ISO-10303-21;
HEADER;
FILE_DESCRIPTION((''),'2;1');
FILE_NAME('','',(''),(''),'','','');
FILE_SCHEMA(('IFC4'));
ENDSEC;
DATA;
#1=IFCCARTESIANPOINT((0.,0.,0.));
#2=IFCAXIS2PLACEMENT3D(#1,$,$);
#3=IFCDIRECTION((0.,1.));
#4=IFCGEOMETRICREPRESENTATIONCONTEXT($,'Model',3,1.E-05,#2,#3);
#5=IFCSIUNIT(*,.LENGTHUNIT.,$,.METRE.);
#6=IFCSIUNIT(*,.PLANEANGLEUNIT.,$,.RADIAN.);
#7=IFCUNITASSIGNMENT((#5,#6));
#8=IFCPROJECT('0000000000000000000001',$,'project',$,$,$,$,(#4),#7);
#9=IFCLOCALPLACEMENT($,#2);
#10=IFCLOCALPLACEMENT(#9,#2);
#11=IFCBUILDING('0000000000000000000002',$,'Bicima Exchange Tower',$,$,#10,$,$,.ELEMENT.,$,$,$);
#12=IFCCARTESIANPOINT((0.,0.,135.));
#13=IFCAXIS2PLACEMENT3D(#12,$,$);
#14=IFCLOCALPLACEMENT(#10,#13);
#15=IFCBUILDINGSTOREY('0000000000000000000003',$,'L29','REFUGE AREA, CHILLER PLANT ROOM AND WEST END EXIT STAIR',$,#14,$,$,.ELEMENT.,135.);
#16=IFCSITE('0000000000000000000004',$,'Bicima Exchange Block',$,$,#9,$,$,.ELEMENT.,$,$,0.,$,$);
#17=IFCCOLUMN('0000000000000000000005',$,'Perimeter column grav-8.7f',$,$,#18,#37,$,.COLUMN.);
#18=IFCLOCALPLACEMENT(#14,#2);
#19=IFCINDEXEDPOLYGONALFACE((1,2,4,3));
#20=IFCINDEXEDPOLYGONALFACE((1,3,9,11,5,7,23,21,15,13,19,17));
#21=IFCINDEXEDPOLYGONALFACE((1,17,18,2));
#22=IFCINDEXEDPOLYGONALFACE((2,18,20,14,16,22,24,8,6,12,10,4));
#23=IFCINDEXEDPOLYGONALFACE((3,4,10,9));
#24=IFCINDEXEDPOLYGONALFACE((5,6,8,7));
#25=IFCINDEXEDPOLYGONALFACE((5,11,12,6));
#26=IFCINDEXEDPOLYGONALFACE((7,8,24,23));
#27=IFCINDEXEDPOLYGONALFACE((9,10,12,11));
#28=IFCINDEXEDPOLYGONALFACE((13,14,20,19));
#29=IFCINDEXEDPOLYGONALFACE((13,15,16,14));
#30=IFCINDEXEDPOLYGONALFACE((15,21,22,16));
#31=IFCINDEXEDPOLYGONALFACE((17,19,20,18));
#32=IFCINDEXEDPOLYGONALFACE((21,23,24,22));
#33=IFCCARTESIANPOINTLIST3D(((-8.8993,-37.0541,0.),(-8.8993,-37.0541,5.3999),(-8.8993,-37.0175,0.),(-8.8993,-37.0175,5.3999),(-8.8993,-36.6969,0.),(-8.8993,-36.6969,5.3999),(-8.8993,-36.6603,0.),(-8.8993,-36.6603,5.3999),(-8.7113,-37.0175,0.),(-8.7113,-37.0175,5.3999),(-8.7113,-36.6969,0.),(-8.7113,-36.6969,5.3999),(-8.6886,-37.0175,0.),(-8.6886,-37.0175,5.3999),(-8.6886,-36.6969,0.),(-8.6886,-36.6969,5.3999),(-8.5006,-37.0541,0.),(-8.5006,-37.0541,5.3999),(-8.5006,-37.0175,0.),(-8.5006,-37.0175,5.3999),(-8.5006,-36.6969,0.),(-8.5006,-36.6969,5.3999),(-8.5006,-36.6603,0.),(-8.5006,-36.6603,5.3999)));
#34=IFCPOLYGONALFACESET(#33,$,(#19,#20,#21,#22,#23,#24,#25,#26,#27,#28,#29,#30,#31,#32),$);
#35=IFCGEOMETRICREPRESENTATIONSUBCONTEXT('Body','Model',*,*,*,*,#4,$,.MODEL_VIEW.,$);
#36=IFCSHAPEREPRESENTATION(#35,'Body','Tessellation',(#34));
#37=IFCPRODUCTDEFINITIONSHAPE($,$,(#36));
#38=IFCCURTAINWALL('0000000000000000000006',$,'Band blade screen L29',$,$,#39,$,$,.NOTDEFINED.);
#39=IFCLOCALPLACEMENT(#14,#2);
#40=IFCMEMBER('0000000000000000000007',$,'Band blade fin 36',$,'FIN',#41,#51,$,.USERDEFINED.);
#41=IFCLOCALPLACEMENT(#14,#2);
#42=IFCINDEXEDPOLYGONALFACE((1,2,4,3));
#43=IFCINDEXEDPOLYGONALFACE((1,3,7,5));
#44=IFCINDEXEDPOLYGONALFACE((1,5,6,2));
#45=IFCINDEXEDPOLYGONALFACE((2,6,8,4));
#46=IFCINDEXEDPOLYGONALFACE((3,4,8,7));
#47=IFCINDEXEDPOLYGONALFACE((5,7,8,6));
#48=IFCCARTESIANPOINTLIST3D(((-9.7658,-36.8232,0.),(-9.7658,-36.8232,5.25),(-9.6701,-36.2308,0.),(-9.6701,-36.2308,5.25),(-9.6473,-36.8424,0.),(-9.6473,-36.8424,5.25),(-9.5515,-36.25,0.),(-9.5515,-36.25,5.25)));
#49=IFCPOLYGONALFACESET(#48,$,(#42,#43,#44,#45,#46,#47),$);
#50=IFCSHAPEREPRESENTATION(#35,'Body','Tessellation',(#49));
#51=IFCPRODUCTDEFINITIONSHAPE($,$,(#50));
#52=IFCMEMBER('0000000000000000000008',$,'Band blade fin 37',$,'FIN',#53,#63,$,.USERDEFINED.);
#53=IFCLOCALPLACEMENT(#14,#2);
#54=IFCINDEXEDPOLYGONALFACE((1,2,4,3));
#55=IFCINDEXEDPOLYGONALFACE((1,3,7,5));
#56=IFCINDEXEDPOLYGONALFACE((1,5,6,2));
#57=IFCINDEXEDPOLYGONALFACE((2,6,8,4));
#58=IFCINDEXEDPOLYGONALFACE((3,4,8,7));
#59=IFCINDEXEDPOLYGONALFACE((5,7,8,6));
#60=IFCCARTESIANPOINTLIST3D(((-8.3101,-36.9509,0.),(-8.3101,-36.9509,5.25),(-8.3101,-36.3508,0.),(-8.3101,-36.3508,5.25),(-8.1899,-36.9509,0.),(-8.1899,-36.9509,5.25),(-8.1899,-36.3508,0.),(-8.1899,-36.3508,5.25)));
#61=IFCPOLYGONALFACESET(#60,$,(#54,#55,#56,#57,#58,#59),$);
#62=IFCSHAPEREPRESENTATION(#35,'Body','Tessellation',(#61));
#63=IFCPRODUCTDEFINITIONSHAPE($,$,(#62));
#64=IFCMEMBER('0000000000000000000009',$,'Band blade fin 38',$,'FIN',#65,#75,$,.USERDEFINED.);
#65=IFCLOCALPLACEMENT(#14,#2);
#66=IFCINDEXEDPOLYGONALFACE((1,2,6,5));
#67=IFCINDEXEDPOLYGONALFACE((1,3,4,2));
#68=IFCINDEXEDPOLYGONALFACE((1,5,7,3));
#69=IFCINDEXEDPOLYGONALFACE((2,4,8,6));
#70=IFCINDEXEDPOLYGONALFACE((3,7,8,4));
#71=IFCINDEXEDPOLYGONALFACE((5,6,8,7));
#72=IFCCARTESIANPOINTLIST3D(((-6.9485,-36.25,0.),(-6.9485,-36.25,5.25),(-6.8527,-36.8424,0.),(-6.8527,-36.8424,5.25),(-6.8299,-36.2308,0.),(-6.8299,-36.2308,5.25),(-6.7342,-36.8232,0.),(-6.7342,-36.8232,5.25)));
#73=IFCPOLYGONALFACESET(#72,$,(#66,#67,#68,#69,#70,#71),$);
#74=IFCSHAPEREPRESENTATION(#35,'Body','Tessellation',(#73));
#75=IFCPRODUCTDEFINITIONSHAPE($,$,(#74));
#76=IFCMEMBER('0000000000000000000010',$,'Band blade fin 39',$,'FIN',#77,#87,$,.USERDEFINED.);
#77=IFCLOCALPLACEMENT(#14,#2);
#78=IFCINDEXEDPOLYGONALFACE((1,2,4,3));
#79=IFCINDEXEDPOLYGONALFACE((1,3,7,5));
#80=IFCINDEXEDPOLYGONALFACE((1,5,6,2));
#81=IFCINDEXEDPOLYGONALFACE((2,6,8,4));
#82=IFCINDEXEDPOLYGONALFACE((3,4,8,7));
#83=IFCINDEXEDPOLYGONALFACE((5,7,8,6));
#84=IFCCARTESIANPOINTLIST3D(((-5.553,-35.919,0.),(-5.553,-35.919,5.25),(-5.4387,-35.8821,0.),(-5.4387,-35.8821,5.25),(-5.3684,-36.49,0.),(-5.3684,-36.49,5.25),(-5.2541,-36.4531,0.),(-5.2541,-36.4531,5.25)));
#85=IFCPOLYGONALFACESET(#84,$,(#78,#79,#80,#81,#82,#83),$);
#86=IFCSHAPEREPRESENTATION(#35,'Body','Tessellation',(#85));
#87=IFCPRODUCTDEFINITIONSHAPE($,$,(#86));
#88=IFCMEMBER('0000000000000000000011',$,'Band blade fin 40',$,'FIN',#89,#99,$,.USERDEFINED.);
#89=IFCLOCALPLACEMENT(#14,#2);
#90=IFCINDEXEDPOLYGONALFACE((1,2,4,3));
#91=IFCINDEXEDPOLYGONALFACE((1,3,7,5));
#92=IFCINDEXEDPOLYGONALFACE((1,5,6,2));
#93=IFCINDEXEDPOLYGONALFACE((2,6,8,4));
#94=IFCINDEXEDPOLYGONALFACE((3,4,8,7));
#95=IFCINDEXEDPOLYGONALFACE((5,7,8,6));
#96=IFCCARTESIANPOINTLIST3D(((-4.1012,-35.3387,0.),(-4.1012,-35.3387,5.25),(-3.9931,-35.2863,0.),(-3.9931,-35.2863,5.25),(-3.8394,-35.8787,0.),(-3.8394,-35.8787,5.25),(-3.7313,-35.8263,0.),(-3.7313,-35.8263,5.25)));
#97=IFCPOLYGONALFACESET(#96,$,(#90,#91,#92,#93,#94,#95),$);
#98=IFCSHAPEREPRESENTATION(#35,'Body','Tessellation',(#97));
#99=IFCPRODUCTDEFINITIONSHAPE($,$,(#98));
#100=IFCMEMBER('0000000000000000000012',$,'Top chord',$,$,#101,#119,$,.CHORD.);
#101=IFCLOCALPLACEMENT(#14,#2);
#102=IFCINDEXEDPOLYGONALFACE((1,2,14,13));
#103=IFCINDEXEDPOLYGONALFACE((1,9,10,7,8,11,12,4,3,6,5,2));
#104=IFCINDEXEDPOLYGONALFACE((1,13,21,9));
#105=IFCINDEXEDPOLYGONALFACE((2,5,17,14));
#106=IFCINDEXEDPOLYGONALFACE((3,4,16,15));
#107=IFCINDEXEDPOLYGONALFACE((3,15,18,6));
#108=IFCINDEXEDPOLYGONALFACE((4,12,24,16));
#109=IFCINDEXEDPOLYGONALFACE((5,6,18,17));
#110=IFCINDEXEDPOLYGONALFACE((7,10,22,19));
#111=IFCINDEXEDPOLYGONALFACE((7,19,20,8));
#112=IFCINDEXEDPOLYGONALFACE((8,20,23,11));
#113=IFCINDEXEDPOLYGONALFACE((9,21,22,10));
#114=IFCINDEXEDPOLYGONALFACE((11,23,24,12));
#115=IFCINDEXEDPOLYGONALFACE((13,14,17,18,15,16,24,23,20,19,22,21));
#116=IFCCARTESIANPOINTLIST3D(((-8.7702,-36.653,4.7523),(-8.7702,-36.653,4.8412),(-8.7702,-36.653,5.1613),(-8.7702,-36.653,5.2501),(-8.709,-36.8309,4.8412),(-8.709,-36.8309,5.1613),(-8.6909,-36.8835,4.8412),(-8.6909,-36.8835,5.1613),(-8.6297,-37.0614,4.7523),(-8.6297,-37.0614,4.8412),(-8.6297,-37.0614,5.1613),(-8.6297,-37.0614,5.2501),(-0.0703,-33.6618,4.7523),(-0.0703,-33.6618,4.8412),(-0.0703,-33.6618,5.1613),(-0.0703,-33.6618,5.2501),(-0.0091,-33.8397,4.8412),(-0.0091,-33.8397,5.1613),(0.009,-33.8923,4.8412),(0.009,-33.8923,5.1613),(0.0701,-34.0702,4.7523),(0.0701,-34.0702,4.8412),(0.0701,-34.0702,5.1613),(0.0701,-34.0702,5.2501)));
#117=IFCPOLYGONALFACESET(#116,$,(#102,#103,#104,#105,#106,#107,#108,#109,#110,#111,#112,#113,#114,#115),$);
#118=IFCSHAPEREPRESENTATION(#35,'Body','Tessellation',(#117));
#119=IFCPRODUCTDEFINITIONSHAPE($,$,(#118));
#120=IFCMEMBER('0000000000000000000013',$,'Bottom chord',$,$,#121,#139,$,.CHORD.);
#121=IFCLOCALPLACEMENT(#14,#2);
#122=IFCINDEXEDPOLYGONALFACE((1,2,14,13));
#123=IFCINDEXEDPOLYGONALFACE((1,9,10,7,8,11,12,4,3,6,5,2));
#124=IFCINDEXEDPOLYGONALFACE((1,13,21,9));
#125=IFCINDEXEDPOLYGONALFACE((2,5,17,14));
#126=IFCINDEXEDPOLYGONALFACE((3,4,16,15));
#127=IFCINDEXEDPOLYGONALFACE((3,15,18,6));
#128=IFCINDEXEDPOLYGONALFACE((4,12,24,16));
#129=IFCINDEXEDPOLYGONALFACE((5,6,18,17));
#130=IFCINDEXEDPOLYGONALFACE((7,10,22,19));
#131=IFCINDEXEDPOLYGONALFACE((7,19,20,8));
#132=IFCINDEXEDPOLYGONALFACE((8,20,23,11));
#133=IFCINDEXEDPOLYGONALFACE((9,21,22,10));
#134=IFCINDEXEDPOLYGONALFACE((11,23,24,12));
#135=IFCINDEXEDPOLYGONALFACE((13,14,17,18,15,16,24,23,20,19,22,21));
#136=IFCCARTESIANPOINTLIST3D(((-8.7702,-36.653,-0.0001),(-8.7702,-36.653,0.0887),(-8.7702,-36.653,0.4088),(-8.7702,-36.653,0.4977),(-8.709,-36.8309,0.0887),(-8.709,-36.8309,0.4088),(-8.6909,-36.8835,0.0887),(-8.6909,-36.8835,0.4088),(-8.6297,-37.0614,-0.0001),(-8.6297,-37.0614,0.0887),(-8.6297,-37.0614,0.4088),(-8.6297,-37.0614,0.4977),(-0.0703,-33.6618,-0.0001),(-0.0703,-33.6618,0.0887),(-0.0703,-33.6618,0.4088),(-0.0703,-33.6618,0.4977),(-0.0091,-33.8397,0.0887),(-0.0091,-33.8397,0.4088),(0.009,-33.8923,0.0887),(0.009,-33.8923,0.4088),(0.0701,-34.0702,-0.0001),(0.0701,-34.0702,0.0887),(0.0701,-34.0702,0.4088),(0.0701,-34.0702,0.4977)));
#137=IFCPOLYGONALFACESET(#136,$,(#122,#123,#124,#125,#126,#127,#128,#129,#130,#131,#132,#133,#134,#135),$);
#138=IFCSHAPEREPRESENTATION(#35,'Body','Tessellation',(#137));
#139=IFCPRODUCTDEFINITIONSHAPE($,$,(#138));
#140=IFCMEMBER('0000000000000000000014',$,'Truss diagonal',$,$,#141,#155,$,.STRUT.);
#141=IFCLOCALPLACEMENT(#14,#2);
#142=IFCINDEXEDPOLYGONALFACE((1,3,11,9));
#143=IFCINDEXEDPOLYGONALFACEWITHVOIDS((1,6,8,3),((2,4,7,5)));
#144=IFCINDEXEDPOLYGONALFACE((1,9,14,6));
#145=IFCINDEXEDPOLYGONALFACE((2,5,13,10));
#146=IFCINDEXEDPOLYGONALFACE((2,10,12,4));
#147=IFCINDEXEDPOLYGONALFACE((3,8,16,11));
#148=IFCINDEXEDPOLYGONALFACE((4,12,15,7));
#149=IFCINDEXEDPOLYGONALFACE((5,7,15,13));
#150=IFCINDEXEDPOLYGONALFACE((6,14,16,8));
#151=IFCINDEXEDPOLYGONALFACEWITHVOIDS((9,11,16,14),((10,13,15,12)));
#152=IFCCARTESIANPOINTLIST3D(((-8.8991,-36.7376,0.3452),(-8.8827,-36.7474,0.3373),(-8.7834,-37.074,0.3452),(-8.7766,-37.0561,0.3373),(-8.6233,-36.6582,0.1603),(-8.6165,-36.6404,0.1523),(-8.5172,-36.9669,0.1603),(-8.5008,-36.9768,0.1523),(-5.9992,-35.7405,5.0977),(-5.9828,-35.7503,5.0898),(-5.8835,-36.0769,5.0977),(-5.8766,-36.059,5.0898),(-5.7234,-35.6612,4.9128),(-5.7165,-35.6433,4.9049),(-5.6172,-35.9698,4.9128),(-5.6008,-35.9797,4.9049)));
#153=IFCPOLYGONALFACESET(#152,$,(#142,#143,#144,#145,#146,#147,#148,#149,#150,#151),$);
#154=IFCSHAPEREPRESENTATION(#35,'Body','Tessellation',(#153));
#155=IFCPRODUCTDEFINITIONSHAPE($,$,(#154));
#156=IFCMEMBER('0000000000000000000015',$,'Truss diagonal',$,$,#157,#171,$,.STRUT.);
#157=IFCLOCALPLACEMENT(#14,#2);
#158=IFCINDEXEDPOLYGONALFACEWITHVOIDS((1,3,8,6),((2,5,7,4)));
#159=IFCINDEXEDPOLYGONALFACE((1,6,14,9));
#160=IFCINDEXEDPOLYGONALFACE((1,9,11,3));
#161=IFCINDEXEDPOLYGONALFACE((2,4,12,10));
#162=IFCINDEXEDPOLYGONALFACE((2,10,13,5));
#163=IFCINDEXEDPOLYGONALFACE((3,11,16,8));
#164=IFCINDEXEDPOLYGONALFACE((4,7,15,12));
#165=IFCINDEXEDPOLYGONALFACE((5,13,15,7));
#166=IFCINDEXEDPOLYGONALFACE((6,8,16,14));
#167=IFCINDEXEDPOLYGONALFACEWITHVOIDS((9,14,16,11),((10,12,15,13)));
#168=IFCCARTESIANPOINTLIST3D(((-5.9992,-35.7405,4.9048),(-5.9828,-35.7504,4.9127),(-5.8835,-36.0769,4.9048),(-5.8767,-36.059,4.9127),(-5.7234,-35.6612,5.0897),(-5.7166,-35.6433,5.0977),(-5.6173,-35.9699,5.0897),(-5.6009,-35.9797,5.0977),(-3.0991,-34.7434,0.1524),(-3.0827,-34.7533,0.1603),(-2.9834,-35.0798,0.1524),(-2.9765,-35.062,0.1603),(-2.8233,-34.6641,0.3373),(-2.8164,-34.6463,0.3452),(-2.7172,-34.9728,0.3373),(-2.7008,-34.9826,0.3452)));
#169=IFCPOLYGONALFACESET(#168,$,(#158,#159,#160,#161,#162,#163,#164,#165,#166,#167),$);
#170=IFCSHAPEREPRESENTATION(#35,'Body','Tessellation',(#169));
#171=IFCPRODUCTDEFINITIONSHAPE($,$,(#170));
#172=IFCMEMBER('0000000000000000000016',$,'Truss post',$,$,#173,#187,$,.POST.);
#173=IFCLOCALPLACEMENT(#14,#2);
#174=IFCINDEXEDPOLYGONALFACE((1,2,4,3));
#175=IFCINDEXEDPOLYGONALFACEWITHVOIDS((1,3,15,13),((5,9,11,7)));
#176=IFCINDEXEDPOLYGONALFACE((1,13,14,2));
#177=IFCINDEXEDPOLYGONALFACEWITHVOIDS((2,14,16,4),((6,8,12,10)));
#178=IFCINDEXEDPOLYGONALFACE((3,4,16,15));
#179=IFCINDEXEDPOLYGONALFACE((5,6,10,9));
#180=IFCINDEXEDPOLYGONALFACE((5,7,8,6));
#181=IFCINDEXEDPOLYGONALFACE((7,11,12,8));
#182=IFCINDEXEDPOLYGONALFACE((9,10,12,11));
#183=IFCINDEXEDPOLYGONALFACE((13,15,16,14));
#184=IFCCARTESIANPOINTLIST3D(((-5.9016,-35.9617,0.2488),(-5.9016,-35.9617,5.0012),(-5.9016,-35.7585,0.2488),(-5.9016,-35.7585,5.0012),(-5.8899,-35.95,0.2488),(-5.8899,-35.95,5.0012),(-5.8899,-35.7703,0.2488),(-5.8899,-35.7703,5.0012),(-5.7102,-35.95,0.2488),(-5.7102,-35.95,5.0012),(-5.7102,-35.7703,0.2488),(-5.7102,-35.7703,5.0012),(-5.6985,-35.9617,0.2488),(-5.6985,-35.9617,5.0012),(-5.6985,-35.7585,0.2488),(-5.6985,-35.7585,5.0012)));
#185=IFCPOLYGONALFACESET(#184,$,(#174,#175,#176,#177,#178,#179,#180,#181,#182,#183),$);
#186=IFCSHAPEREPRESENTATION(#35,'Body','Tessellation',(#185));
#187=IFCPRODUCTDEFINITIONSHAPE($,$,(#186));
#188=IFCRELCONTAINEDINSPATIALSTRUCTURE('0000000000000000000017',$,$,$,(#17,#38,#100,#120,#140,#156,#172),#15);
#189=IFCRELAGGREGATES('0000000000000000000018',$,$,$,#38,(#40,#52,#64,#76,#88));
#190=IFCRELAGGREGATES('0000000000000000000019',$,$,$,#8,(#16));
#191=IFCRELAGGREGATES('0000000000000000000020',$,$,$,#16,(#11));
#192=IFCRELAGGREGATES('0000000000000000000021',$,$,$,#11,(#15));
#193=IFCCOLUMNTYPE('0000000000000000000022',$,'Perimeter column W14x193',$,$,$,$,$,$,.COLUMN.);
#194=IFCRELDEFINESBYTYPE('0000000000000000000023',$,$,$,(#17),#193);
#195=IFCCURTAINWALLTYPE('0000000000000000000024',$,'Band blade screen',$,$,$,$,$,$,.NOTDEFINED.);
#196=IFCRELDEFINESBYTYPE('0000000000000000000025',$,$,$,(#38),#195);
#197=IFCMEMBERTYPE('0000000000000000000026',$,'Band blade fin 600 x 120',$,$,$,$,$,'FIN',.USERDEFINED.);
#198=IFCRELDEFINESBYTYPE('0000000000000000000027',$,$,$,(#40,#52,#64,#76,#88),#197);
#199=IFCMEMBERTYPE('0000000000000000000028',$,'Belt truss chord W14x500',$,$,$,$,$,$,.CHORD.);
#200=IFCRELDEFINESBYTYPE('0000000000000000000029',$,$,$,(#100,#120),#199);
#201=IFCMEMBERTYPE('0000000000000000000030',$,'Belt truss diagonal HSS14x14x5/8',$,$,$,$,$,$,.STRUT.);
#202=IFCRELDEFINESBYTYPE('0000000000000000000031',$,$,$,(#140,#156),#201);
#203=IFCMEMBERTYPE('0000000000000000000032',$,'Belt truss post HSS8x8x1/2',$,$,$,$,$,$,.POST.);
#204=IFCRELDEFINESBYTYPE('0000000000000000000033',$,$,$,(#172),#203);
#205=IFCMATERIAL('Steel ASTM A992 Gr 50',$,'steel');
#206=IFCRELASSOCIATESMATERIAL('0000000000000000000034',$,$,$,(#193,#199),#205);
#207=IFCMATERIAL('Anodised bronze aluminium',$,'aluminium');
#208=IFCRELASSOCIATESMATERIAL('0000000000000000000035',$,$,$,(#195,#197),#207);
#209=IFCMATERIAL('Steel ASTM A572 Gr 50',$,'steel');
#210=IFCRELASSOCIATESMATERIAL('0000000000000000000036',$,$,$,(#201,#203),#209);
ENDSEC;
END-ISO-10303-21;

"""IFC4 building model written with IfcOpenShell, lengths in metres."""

from ifc_helpers import new_model, si_unit, direction, frame, origin, origin_2d, place, context, subcontext, project, spatial, rectangle, hollow_rectangle, i_section, extrude, material, material_profile, profile_set, type_object, element, aggregate, save


model = new_model("IFC4")

# Units and contexts
model_context = context("Model", 3, precision=1e-05, world=origin(), true_north=direction((0.0, 1.0)))
body_context = subcontext(model_context, "Body", "Model", "MODEL_VIEW")
ifc_project = project(units=[si_unit("LENGTHUNIT", "METRE"), si_unit("PLANEANGLEUNIT", "RADIAN")], contexts=[model_context])

# Site, building, storey
site_placement = place(None, origin())
site = spatial("IfcSite", under=ifc_project, at=site_placement, Name="Bicima Exchange Block", CompositionType="ELEMENT", RefElevation=0.0)
building_placement = place(site_placement, origin())
building = spatial("IfcBuilding", under=site, at=building_placement, Name="Bicima Exchange Tower", CompositionType="ELEMENT")
storey_placement = place(building_placement, frame((0.0, 0.0, 135.0)))
storey = spatial("IfcBuildingStorey", under=building, at=storey_placement, Name="L29", Description="REFUGE AREA, CHILLER PLANT ROOM AND WEST END EXIT STAIR", CompositionType="ELEMENT", Elevation=135.0)

# Column
ifc_material_1 = material(Name="Steel ASTM A992 Gr 50", Category="steel")
ifc_material_profile_1 = material_profile(ifc_material_1, i_section(OverallWidth=0.3987, OverallDepth=0.3938, WebThickness=0.0227, FlangeThickness=0.0366, at=origin_2d()))
ifc_profile_set_1 = profile_set([ifc_material_profile_1], Name="Steel ASTM A992 Gr 50")
column_type = type_object("IfcColumnType", Name="Perimeter column W14x193", PredefinedType="COLUMN", material=ifc_profile_set_1)
column_placement = place(storey_placement, frame((-8.7, -36.8572, 0.0), z_axis=(0.0, 0.0, 1.0), x_axis=(1.0, 0.0, 0.0)))
element("IfcColumn", 1, at=column_placement, inside=storey, type_object=column_type, Name="Perimeter column grav-8.7f", PredefinedType="COLUMN", context=body_context, shape_type="SweptSolid", body=[
    extrude(i_section(OverallWidth=0.3987, OverallDepth=0.3938, WebThickness=0.0227, FlangeThickness=0.0366, at=origin_2d()), origin(), (0.0, 0.0, 1.0), 5.3999),
])

# Curtain wall, members
ifc_material_2 = material(Name="Anodised bronze aluminium", Category="aluminium")
curtain_wall_type = type_object("IfcCurtainWallType", Name="Band blade screen", PredefinedType="NOTDEFINED", material=ifc_material_2)
curtain_wall_placement = place(storey_placement, origin())
curtain_wall = element("IfcCurtainWall", 2, at=curtain_wall_placement, inside=storey, type_object=curtain_wall_type, Name="Band blade screen L29", PredefinedType="NOTDEFINED")
ifc_material_profile_2 = material_profile(ifc_material_2, rectangle(XDim=0.6001, YDim=0.1201, at=origin_2d()))
ifc_profile_set_2 = profile_set([ifc_material_profile_2], Name="Anodised bronze aluminium")
member_type_1 = type_object("IfcMemberType", Name="Band blade fin 600 x 120", ElementType="FIN", PredefinedType="USERDEFINED", material=ifc_profile_set_2)
member_1_placement = place(storey_placement, frame((-9.6587, -36.5366, 0.0), z_axis=(0.0, 0.0, 1.0), x_axis=(0.159533, 0.987193, 0.0)))
member_1 = element("IfcMember", 3, at=member_1_placement, type_object=member_type_1, Name="Band blade fin 36", ObjectType="FIN", PredefinedType="USERDEFINED", context=body_context, shape_type="SweptSolid", body=[
    extrude(rectangle(XDim=0.6001, YDim=0.1201, at=origin_2d()), origin(), (0.0, 0.0, 1.0), 5.25),
])
member_2_placement = place(storey_placement, frame((-8.25, -36.6509, 0.0), z_axis=(0.0, 0.0, 1.0), x_axis=(0.0, 1.0, 0.0)))
member_2 = element("IfcMember", 4, at=member_2_placement, type_object=member_type_1, Name="Band blade fin 37", ObjectType="FIN", PredefinedType="USERDEFINED", context=body_context, shape_type="SweptSolid", body=[
    extrude(rectangle(XDim=0.6001, YDim=0.1201, at=origin_2d()), origin(), (0.0, 0.0, 1.0), 5.25),
])
member_3_placement = place(storey_placement, frame((-6.8413, -36.5366, 0.0), z_axis=(0.0, 0.0, 1.0), x_axis=(-0.159533, 0.987193, 0.0)))
member_3 = element("IfcMember", 5, at=member_3_placement, type_object=member_type_1, Name="Band blade fin 38", ObjectType="FIN", PredefinedType="USERDEFINED", context=body_context, shape_type="SweptSolid", body=[
    extrude(rectangle(XDim=0.6001, YDim=0.1201, at=origin_2d()), origin(), (0.0, 0.0, 1.0), 5.25),
])
member_4_placement = place(storey_placement, frame((-5.4036, -36.186, 0.0), z_axis=(0.0, 0.0, 1.0), x_axis=(-0.307553, 0.951531, 0.0)))
member_4 = element("IfcMember", 6, at=member_4_placement, type_object=member_type_1, Name="Band blade fin 39", ObjectType="FIN", PredefinedType="USERDEFINED", context=body_context, shape_type="SweptSolid", body=[
    extrude(rectangle(XDim=0.6001, YDim=0.1201, at=origin_2d()), origin(), (0.0, 0.0, 1.0), 5.25),
])
member_5_placement = place(storey_placement, frame((-3.9163, -35.5825, 0.0), z_axis=(0.0, 0.0, 1.0), x_axis=(-0.436287, 0.899808, 0.0)))
member_5 = element("IfcMember", 7, at=member_5_placement, type_object=member_type_1, Name="Band blade fin 40", ObjectType="FIN", PredefinedType="USERDEFINED", context=body_context, shape_type="SweptSolid", body=[
    extrude(rectangle(XDim=0.6001, YDim=0.1201, at=origin_2d()), origin(), (0.0, 0.0, 1.0), 5.25),
])
aggregate(curtain_wall, [member_1, member_2, member_3, member_4, member_5])

# Members
ifc_material_profile_3 = material_profile(ifc_material_1, i_section(OverallWidth=0.4319, OverallDepth=0.4978, WebThickness=0.0557, FlangeThickness=0.0889, at=origin_2d()))
ifc_profile_set_3 = profile_set([ifc_material_profile_3], Name="Steel ASTM A992 Gr 50")
member_type_2 = type_object("IfcMemberType", Name="Belt truss chord W14x500", PredefinedType="CHORD", material=ifc_profile_set_3)
for number, where, z_axis, x_axis, name in (
    (8, (-8.7, -36.8572, 5.0012), (0.945666, 0.325138, 0.0), (-0.325138, 0.945666, 0.0), "Top chord"),
    (9, (-8.7, -36.8572, 0.2488), (0.945666, 0.325138, 0.0), (-0.325138, 0.945666, 0.0), "Bottom chord"),
):
    element("IfcMember", number, at=place(storey_placement, frame(where, z_axis=z_axis, x_axis=x_axis)), inside=storey, type_object=member_type_2, Name=name, PredefinedType="CHORD", context=body_context, shape_type="SweptSolid", body=[
        extrude(i_section(OverallWidth=0.4319, OverallDepth=0.4978, WebThickness=0.0557, FlangeThickness=0.0889, at=origin_2d()), origin(), (0.0, 0.0, 1.0), 9.1997),
    ])
ifc_material_3 = material(Name="Steel ASTM A572 Gr 50", Category="steel")
ifc_material_profile_4 = material_profile(ifc_material_3, hollow_rectangle(XDim=0.3557, YDim=0.3557, WallThickness=0.0146, at=origin_2d()))
ifc_profile_set_4 = profile_set([ifc_material_profile_4], Name="Steel ASTM A572 Gr 50")
member_type_3 = type_object("IfcMemberType", Name="Belt truss diagonal HSS14x14x5/8", PredefinedType="STRUT", material=ifc_profile_set_4)
for number, where, z_axis, x_axis, name in (
    (10, (-8.7, -36.8572, 0.2488), (0.512721, 0.176288, 0.840262), (-0.325147, 0.945664, 0.0), "Truss diagonal"),
    (11, (-5.8, -35.8601, 5.0012), (0.512753, 0.176284, -0.840243), (-0.325122, 0.945672, 0.0), "Truss diagonal"),
):
    element("IfcMember", number, at=place(storey_placement, frame(where, z_axis=z_axis, x_axis=x_axis)), inside=storey, type_object=member_type_3, Name=name, PredefinedType="STRUT", context=body_context, shape_type="SweptSolid", body=[
        extrude(hollow_rectangle(XDim=0.3557, YDim=0.3557, WallThickness=0.0146, at=origin_2d()), origin(), (0.0, 0.0, 1.0), 5.656),
    ])
ifc_material_profile_5 = material_profile(ifc_material_3, hollow_rectangle(XDim=0.2031, YDim=0.2031, WallThickness=0.0117, at=origin_2d()))
ifc_profile_set_5 = profile_set([ifc_material_profile_5], Name="Steel ASTM A572 Gr 50")
member_type_4 = type_object("IfcMemberType", Name="Belt truss post HSS8x8x1/2", PredefinedType="POST", material=ifc_profile_set_5)
member_6_placement = place(storey_placement, frame((-5.8, -35.8601, 0.2488), z_axis=(0.0, 0.0, 1.0), x_axis=(1.0, 0.0, 0.0)))
element("IfcMember", 12, at=member_6_placement, inside=storey, type_object=member_type_4, Name="Truss post", PredefinedType="POST", context=body_context, shape_type="SweptSolid", body=[
    extrude(hollow_rectangle(XDim=0.2031, YDim=0.2031, WallThickness=0.0117, at=origin_2d()), origin(), (0.0, 0.0, 1.0), 4.7524),
])

save(model, "model.ifc")
